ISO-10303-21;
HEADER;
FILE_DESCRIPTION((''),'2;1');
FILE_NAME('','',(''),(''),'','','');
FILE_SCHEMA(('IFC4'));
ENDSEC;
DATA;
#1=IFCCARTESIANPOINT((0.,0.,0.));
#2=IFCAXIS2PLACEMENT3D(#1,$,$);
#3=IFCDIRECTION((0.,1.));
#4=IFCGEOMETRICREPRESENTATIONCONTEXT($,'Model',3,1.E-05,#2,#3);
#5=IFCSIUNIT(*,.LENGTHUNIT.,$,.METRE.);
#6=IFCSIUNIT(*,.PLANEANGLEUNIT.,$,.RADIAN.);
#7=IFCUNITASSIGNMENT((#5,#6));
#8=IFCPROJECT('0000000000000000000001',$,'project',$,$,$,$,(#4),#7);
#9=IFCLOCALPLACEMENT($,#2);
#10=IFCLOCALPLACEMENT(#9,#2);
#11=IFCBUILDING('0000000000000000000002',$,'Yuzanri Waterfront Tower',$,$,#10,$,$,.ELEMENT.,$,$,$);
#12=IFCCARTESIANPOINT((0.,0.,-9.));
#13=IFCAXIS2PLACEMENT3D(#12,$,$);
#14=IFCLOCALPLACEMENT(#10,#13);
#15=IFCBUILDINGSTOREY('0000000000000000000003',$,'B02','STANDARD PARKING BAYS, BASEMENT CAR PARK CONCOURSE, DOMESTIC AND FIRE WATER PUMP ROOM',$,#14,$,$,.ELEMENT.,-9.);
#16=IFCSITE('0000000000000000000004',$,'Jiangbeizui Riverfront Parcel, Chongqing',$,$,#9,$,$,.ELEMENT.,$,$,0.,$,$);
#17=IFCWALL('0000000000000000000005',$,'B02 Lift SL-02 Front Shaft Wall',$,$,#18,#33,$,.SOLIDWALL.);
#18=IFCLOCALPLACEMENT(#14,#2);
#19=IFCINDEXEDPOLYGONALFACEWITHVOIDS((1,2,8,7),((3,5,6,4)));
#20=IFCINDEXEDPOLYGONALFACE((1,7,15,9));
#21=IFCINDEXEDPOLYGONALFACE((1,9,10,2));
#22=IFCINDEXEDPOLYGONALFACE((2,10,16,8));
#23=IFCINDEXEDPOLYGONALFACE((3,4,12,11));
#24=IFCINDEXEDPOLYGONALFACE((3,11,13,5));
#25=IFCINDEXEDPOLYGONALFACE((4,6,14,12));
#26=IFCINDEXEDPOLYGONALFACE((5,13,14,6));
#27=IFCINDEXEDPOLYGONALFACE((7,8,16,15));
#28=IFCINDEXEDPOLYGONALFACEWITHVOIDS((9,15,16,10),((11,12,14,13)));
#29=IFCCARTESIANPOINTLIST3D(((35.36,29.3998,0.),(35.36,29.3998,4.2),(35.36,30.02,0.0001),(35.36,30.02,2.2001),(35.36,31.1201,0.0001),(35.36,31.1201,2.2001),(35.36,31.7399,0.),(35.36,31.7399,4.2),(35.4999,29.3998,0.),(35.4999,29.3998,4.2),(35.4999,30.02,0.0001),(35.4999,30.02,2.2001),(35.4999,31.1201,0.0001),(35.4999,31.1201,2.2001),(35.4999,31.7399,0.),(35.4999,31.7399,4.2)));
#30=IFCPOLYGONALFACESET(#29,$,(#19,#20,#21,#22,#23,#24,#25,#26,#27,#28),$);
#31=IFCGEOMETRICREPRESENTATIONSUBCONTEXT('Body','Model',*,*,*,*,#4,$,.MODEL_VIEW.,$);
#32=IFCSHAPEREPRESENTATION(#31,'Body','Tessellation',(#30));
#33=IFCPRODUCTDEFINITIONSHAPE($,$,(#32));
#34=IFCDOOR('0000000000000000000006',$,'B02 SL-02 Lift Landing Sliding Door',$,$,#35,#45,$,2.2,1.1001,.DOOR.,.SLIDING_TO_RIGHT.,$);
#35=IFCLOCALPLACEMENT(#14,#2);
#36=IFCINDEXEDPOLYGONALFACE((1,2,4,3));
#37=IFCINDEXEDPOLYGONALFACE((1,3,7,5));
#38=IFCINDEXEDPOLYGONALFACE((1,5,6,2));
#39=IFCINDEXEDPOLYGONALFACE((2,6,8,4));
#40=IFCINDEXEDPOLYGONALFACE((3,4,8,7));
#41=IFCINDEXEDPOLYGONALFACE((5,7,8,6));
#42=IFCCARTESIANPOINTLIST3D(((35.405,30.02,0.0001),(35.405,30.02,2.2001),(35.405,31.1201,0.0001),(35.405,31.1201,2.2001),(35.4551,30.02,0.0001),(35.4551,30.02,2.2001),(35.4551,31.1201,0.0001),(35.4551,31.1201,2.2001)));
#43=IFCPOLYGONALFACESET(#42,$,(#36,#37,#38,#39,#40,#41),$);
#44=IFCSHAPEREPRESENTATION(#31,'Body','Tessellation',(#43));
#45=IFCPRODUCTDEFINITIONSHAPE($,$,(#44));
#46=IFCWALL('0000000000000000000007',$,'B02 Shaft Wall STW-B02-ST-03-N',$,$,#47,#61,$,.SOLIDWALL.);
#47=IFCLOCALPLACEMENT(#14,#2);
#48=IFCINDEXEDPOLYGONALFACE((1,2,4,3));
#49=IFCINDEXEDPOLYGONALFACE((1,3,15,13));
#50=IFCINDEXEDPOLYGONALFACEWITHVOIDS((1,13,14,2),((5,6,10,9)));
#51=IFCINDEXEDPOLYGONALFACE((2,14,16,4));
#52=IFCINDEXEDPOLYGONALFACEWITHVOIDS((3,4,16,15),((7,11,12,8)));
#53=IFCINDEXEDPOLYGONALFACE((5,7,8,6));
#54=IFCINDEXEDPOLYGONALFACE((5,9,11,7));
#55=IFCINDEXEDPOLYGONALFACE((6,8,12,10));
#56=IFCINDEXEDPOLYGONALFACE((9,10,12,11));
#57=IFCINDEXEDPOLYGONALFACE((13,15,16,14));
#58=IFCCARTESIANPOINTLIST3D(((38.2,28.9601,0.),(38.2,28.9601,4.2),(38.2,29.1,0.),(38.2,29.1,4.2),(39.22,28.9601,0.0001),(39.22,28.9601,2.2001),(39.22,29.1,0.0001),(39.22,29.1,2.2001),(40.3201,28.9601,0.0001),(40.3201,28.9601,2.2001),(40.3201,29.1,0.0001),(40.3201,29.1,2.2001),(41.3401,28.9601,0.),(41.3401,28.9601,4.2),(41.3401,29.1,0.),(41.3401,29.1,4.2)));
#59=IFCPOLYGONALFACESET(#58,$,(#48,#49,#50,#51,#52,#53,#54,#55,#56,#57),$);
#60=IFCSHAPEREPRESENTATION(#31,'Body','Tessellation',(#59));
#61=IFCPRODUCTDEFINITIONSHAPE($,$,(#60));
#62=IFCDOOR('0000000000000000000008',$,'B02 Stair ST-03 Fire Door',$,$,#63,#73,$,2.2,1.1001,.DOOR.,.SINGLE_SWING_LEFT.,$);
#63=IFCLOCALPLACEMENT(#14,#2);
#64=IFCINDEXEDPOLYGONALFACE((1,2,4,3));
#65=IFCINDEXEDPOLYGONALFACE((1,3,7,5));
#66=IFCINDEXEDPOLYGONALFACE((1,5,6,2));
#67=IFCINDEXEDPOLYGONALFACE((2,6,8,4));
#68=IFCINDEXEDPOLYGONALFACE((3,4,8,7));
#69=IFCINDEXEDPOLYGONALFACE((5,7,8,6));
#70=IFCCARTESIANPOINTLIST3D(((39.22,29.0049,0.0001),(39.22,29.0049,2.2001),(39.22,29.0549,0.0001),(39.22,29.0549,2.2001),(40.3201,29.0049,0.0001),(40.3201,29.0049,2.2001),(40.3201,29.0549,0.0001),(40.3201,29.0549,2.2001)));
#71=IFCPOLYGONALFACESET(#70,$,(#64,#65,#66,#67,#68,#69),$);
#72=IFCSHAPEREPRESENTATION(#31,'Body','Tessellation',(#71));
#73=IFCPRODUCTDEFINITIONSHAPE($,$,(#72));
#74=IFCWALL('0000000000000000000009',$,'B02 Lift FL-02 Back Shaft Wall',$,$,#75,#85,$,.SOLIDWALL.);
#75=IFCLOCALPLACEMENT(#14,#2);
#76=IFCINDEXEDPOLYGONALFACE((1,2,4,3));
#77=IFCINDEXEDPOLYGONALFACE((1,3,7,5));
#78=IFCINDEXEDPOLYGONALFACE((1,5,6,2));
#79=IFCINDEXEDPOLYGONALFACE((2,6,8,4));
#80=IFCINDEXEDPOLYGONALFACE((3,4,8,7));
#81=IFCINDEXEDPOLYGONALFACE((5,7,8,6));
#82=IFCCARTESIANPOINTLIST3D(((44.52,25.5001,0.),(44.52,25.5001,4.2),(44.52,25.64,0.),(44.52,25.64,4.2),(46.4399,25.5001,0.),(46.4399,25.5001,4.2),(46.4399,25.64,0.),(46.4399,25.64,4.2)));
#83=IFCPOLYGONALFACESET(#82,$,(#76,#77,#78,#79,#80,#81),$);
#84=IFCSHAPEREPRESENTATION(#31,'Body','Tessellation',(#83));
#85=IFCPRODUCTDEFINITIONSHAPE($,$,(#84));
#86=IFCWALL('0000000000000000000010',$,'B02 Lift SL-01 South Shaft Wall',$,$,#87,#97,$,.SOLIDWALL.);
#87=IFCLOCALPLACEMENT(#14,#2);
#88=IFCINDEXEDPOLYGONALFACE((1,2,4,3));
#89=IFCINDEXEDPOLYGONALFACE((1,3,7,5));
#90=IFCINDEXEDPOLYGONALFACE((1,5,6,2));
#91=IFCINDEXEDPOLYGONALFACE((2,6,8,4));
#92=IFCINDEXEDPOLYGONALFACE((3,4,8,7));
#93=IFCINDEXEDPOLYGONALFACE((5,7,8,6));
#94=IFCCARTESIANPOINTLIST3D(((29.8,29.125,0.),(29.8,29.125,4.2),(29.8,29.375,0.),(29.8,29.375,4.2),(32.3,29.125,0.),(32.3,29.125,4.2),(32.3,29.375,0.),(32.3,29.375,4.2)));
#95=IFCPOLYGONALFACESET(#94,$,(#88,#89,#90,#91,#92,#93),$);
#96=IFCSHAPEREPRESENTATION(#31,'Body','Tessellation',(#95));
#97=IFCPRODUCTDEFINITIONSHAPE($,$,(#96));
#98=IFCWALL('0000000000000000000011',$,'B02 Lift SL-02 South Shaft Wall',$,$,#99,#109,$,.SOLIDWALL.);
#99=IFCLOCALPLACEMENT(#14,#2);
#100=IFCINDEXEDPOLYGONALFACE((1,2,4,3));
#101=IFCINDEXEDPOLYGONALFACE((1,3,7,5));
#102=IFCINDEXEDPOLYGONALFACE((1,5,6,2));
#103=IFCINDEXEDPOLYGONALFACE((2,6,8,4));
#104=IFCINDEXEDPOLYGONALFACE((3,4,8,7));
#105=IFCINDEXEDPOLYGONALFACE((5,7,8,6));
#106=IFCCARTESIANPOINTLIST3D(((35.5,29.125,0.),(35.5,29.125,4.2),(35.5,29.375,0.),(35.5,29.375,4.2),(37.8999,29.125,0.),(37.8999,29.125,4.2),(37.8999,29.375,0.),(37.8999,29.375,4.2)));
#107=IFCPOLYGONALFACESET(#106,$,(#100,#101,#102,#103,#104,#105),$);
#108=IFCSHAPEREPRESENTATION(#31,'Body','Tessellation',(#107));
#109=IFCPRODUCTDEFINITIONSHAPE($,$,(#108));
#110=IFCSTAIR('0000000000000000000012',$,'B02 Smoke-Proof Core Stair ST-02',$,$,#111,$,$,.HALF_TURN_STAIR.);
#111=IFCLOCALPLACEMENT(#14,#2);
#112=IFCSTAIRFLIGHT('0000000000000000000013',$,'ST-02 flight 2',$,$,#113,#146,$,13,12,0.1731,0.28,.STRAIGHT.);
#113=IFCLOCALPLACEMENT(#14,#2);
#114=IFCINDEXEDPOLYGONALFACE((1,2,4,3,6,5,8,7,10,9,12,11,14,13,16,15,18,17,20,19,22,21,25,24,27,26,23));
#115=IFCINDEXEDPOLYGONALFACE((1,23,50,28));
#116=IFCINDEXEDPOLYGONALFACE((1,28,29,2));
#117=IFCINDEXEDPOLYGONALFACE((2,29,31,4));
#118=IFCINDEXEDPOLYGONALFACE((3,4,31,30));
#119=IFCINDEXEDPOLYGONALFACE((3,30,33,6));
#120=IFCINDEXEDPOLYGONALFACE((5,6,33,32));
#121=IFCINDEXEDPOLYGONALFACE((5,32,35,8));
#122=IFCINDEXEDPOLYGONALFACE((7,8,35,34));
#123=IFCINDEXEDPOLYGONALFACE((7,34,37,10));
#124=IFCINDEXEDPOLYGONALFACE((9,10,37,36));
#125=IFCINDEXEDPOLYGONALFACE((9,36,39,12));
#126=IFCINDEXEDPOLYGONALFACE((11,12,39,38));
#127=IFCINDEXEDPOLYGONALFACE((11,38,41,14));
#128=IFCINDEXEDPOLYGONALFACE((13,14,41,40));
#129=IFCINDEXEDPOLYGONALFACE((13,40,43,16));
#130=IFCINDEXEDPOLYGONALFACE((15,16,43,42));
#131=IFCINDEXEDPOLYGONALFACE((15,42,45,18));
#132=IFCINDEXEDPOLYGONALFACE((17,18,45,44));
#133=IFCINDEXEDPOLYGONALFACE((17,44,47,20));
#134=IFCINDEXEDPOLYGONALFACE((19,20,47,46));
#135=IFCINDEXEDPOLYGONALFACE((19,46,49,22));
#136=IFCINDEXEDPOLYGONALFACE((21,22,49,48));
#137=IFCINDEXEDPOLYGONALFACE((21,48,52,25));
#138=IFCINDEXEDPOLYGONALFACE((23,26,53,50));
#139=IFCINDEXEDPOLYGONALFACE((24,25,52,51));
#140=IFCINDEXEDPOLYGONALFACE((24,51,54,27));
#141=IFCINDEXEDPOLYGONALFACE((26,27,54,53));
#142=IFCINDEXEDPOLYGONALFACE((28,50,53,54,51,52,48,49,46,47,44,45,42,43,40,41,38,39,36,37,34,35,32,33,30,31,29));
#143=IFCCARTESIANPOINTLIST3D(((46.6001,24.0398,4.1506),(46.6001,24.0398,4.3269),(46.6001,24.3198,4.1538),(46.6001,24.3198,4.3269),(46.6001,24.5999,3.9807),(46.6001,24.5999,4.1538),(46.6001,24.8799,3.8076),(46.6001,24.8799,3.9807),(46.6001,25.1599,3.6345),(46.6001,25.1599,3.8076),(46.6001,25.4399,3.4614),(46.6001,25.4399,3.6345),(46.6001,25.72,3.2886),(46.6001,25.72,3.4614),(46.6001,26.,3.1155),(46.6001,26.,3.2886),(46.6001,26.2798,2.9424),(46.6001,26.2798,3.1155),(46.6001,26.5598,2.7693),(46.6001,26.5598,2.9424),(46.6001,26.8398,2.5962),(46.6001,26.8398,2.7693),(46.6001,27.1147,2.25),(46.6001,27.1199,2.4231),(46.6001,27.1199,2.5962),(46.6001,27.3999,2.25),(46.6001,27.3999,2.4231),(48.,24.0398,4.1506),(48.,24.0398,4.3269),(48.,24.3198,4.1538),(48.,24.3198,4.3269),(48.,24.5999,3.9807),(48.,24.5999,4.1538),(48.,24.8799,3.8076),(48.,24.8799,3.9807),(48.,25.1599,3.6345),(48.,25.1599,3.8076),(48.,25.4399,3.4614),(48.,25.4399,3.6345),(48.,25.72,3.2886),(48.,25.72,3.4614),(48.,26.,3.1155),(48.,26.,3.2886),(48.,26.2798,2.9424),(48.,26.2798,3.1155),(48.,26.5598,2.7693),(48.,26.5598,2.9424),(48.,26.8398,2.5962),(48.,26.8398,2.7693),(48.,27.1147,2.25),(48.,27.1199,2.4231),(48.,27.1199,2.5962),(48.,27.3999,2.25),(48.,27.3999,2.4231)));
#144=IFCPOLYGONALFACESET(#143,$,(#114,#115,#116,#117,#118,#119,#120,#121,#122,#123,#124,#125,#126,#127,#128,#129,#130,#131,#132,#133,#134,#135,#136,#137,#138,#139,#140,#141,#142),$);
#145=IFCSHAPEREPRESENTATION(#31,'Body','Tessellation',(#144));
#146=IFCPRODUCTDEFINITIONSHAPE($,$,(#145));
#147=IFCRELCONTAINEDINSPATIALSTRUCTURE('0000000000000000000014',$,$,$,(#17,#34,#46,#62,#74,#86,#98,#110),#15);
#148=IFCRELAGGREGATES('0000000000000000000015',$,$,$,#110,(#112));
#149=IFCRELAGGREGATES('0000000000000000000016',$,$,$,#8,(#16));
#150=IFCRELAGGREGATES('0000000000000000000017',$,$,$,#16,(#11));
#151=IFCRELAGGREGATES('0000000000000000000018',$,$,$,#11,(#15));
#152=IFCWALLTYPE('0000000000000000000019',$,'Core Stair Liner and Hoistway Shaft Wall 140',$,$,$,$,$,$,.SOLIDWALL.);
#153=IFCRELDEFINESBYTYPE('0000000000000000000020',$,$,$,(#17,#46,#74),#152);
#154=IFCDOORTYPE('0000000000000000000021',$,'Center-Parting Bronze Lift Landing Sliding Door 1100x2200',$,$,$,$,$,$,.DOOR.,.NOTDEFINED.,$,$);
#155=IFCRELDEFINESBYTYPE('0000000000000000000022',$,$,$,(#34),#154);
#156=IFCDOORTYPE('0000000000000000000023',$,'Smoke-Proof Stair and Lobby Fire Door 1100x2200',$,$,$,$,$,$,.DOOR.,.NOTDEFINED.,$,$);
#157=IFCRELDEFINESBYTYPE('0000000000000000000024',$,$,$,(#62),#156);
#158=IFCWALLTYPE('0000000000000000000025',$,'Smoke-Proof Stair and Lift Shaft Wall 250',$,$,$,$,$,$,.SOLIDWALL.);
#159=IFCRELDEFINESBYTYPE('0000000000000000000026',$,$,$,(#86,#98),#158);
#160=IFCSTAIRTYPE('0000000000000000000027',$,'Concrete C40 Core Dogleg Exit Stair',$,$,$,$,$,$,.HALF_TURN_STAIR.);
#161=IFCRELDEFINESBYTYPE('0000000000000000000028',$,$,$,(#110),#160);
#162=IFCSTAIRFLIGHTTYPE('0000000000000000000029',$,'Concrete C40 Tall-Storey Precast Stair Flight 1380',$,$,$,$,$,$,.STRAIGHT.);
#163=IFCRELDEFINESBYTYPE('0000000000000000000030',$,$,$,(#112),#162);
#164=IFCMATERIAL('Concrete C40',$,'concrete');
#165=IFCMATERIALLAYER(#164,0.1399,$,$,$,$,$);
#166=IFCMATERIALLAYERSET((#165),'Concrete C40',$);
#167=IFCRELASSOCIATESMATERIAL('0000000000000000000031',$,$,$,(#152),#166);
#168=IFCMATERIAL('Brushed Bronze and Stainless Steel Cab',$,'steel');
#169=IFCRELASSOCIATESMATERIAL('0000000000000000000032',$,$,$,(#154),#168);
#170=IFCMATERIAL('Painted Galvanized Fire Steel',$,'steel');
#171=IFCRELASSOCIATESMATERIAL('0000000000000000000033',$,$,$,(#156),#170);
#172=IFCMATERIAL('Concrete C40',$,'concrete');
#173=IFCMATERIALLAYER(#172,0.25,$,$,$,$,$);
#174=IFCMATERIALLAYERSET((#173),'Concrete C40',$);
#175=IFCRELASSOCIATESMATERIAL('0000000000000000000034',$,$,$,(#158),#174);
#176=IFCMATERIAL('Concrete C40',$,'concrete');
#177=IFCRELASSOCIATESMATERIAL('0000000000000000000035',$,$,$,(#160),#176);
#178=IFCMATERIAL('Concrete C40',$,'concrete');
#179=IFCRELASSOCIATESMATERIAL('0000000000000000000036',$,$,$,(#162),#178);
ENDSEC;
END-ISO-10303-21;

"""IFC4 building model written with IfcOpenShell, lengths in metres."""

from ifc_helpers import new_model, si_unit, direction, frame, frame_2d, origin, place, context, subcontext, project, spatial, polyline, rectangle, outline, extrude, source, transform, mapped, material, layer, layer_set, type_object, element, fill, aggregate, save


model = new_model("IFC4")

# Units and contexts
model_context = context("Model", 3, precision=1e-05, world=origin(), true_north=direction((0.0, 1.0)))
body_context = subcontext(model_context, "Body", "Model", "MODEL_VIEW")
ifc_project = project(units=[si_unit("LENGTHUNIT", "METRE"), si_unit("PLANEANGLEUNIT", "RADIAN")], contexts=[model_context])

# Site, building, storey
site_placement = place(None, origin())
site = spatial("IfcSite", under=ifc_project, at=site_placement, Name="Jiangbeizui Riverfront Parcel, Chongqing", CompositionType="ELEMENT", RefElevation=0.0)
building_placement = place(site_placement, origin())
building = spatial("IfcBuilding", under=site, at=building_placement, Name="Yuzanri Waterfront Tower", CompositionType="ELEMENT")
storey_placement = place(building_placement, frame((0.0, 0.0, -9.0)))
storey = spatial("IfcBuildingStorey", under=building, at=storey_placement, Name="B02", Description="STANDARD PARKING BAYS, BASEMENT CAR PARK CONCOURSE, DOMESTIC AND FIRE WATER PUMP ROOM", CompositionType="ELEMENT", Elevation=-9.0)

# Walls, openings, doors
ifc_material_1 = material(Name="Concrete C40", Category="concrete")
ifc_layer_1 = layer(ifc_material_1, 0.1399)
ifc_layer_set_1 = layer_set([ifc_layer_1], Name="Concrete C40")
wall_type_1 = type_object("IfcWallType", Name="Core Stair Liner and Hoistway Shaft Wall 140", PredefinedType="SOLIDWALL", material=ifc_layer_set_1)
ifc_material_2 = material(Name="Brushed Bronze and Stainless Steel Cab", Category="steel")
door_type_1 = type_object("IfcDoorType", Name="Center-Parting Bronze Lift Landing Sliding Door 1100x2200", OperationType="NOTDEFINED", PredefinedType="DOOR", material=ifc_material_2)
shared_shape_1 = source(origin(), body_context, "Body", "SweptSolid", [
    extrude(rectangle(XDim=1.1001, YDim=2.2, at=frame_2d((0.55, 1.1001))), frame((0.0, 0.0249, 0.0), z_axis=(0.0, -1.0, 0.0), x_axis=(1.0, 0.0, 0.0)), (0.0, 0.0, 1.0), 0.05),
])
wall_1_placement = place(storey_placement, frame((35.4299, 29.3999, 0.0), z_axis=(0.0, 0.0, 1.0), x_axis=(0.0, 1.0, 0.0)))
wall_1 = element("IfcWall", 1, at=wall_1_placement, inside=storey, type_object=wall_type_1, Name="B02 Lift SL-02 Front Shaft Wall", PredefinedType="SOLIDWALL", context=body_context, shape_type="SweptSolid", body=[
    extrude(rectangle(XDim=2.3401, YDim=0.1399, at=frame_2d((1.1699, 0.0))), origin(), (0.0, 0.0, 1.0), 4.2),
])
opening_1_placement = place(wall_1_placement, frame((0.6201, 0.0, 0.0)))
opening_1 = element("IfcOpeningElement", 2, at=opening_1_placement, cuts=wall_1, PredefinedType="OPENING", context=body_context, shape_type="SweptSolid", body=[
    extrude(rectangle(XDim=1.1001, YDim=2.2, at=frame_2d((0.55, 1.1001))), frame((0.0, 0.085, 0.0), z_axis=(0.0, -1.0, 0.0), x_axis=(1.0, 0.0, 0.0)), (0.0, 0.0, 1.0), 0.1697),
])
door_1_placement = place(opening_1_placement, origin())
door_1 = element("IfcDoor", 3, at=door_1_placement, inside=storey, type_object=door_type_1, Name="B02 SL-02 Lift Landing Sliding Door", OperationType="SLIDING_TO_RIGHT", OverallHeight=2.2, OverallWidth=1.1001, PredefinedType="DOOR", context=body_context, shape_type="MappedRepresentation", body=[
    mapped(shared_shape_1, transform((0.0, 0.0, 0.0), scale=1.0)),
])
fill(opening_1, door_1)
wall_2_placement = place(storey_placement, frame((38.2, 29.03, 0.0), z_axis=(0.0, 0.0, 1.0), x_axis=(1.0, 0.0, 0.0)))
wall_2 = element("IfcWall", 4, at=wall_2_placement, inside=storey, type_object=wall_type_1, Name="B02 Shaft Wall STW-B02-ST-03-N", PredefinedType="SOLIDWALL", context=body_context, shape_type="SweptSolid", body=[
    extrude(rectangle(XDim=3.1401, YDim=0.1399, at=frame_2d((1.5701, 0.0))), origin(), (0.0, 0.0, 1.0), 4.2),
])
opening_2_placement = place(wall_2_placement, frame((1.02, 0.0, 0.0)))
opening_2 = element("IfcOpeningElement", 5, at=opening_2_placement, cuts=wall_2, PredefinedType="OPENING", context=body_context, shape_type="SweptSolid", body=[
    extrude(rectangle(XDim=1.1001, YDim=2.2, at=frame_2d((0.55, 1.1001))), frame((0.0, 0.085, 0.0), z_axis=(0.0, -1.0, 0.0), x_axis=(1.0, 0.0, 0.0)), (0.0, 0.0, 1.0), 0.1697),
])
ifc_material_3 = material(Name="Painted Galvanized Fire Steel", Category="steel")
door_type_2 = type_object("IfcDoorType", Name="Smoke-Proof Stair and Lobby Fire Door 1100x2200", OperationType="NOTDEFINED", PredefinedType="DOOR", material=ifc_material_3)
shared_shape_2 = source(origin(), body_context, "Body", "SweptSolid", [
    extrude(rectangle(XDim=1.1001, YDim=2.2, at=frame_2d((0.55, 1.1001))), frame((0.0, 0.0249, 0.0), z_axis=(0.0, -1.0, 0.0), x_axis=(1.0, 0.0, 0.0)), (0.0, 0.0, 1.0), 0.05),
])
door_2_placement = place(opening_2_placement, origin())
door_2 = element("IfcDoor", 6, at=door_2_placement, inside=storey, type_object=door_type_2, Name="B02 Stair ST-03 Fire Door", OperationType="SINGLE_SWING_LEFT", OverallHeight=2.2, OverallWidth=1.1001, PredefinedType="DOOR", context=body_context, shape_type="MappedRepresentation", body=[
    mapped(shared_shape_2, transform((0.0, 0.0, 0.0), scale=1.0)),
])
fill(opening_2, door_2)

# Walls
shared_shape_3 = source(origin(), body_context, "Body", "SweptSolid", [
    extrude(rectangle(XDim=1.9199, YDim=0.1399, at=frame_2d((0.96, 0.0))), origin(), (0.0, 0.0, 1.0), 4.2),
])
wall_3_placement = place(storey_placement, frame((44.52, 25.5701, 0.0), z_axis=(0.0, 0.0, 1.0), x_axis=(1.0, 0.0, 0.0)))
element("IfcWall", 7, at=wall_3_placement, inside=storey, type_object=wall_type_1, Name="B02 Lift FL-02 Back Shaft Wall", PredefinedType="SOLIDWALL", context=body_context, shape_type="MappedRepresentation", body=[
    mapped(shared_shape_3, transform((0.0, 0.0, 0.0), scale=1.0)),
])
ifc_material_4 = material(Name="Concrete C40", Category="concrete")
ifc_layer_2 = layer(ifc_material_4, 0.25)
ifc_layer_set_2 = layer_set([ifc_layer_2], Name="Concrete C40")
wall_type_2 = type_object("IfcWallType", Name="Smoke-Proof Stair and Lift Shaft Wall 250", PredefinedType="SOLIDWALL", material=ifc_layer_set_2)
shared_shape_4 = source(origin(), body_context, "Body", "SweptSolid", [
    extrude(rectangle(XDim=2.5, YDim=0.25, at=frame_2d((1.25, 0.0))), origin(), (0.0, 0.0, 1.0), 4.2),
])
wall_4_placement = place(storey_placement, frame((29.8, 29.25, 0.0), z_axis=(0.0, 0.0, 1.0), x_axis=(1.0, 0.0, 0.0)))
element("IfcWall", 8, at=wall_4_placement, inside=storey, type_object=wall_type_2, Name="B02 Lift SL-01 South Shaft Wall", PredefinedType="SOLIDWALL", context=body_context, shape_type="MappedRepresentation", body=[
    mapped(shared_shape_4, transform((0.0, 0.0, 0.0), scale=1.0)),
])
shared_shape_5 = source(origin(), body_context, "Body", "SweptSolid", [
    extrude(rectangle(XDim=2.3999, YDim=0.25, at=frame_2d((1.2, 0.0))), origin(), (0.0, 0.0, 1.0), 4.2),
])
wall_5_placement = place(storey_placement, frame((35.5, 29.25, 0.0), z_axis=(0.0, 0.0, 1.0), x_axis=(1.0, 0.0, 0.0)))
element("IfcWall", 9, at=wall_5_placement, inside=storey, type_object=wall_type_2, Name="B02 Lift SL-02 South Shaft Wall", PredefinedType="SOLIDWALL", context=body_context, shape_type="MappedRepresentation", body=[
    mapped(shared_shape_5, transform((0.0, 0.0, 0.0), scale=1.0)),
])

# Stair, stair flight
ifc_material_5 = material(Name="Concrete C40", Category="concrete")
stair_type = type_object("IfcStairType", Name="Concrete C40 Core Dogleg Exit Stair", PredefinedType="HALF_TURN_STAIR", material=ifc_material_5)
stair_1_placement = place(storey_placement, origin())
stair_1 = element("IfcStair", 10, at=stair_1_placement, inside=storey, type_object=stair_type, Name="B02 Smoke-Proof Core Stair ST-02", PredefinedType="HALF_TURN_STAIR")
ifc_material_6 = material(Name="Concrete C40", Category="concrete")
stair_flight_type = type_object("IfcStairFlightType", Name="Concrete C40 Tall-Storey Precast Stair Flight 1380", PredefinedType="STRAIGHT", material=ifc_material_6)
shared_shape_6 = source(origin(), body_context, "Body", "SweptSolid", [
    extrude(outline(polyline([(0.0, 0.0), (0.0, 0.1731), (0.28, 0.1731), (0.28, 0.3462), (0.5601, 0.3462), (0.5601, 0.5193), (0.8401, 0.5193), (0.8401, 0.6924), (1.1201, 0.6924), (1.1201, 0.8655), (1.3999, 0.8655), (1.3999, 1.0386), (1.6799, 1.0386), (1.6799, 1.2114), (1.96, 1.2114), (1.96, 1.3845), (2.24, 1.3845), (2.24, 1.5576), (2.52, 1.5576), (2.52, 1.7307), (2.8, 1.7307), (2.8, 1.9038), (3.0801, 1.9038), (3.0801, 2.0769), (3.3601, 2.0769), (3.3601, 2.25), (3.3601, 1.9006), (0.2852, 0.0), (0.0, 0.0)])), frame((0.0, 0.7, 0.0), z_axis=(0.0, -1.0, 0.0), x_axis=(1.0, 0.0, 0.0)), (0.0, 0.0, 1.0), 1.3999),
])
stair_flight_1_placement = place(storey_placement, frame((47.3, 27.3999, 2.25), z_axis=(0.0, 0.0, 1.0), x_axis=(0.0, -1.0, 0.0)))
stair_flight_1 = element("IfcStairFlight", 11, at=stair_flight_1_placement, type_object=stair_flight_type, Name="ST-02 flight 2", NumberOfRisers=13, NumberOfTreads=12, PredefinedType="STRAIGHT", RiserHeight=0.1731, TreadLength=0.28, context=body_context, shape_type="MappedRepresentation", body=[
    mapped(shared_shape_6, transform((0.0, 0.0, 0.0), scale=1.0)),
])
aggregate(stair_1, [stair_flight_1])

save(model, "model.ifc")
